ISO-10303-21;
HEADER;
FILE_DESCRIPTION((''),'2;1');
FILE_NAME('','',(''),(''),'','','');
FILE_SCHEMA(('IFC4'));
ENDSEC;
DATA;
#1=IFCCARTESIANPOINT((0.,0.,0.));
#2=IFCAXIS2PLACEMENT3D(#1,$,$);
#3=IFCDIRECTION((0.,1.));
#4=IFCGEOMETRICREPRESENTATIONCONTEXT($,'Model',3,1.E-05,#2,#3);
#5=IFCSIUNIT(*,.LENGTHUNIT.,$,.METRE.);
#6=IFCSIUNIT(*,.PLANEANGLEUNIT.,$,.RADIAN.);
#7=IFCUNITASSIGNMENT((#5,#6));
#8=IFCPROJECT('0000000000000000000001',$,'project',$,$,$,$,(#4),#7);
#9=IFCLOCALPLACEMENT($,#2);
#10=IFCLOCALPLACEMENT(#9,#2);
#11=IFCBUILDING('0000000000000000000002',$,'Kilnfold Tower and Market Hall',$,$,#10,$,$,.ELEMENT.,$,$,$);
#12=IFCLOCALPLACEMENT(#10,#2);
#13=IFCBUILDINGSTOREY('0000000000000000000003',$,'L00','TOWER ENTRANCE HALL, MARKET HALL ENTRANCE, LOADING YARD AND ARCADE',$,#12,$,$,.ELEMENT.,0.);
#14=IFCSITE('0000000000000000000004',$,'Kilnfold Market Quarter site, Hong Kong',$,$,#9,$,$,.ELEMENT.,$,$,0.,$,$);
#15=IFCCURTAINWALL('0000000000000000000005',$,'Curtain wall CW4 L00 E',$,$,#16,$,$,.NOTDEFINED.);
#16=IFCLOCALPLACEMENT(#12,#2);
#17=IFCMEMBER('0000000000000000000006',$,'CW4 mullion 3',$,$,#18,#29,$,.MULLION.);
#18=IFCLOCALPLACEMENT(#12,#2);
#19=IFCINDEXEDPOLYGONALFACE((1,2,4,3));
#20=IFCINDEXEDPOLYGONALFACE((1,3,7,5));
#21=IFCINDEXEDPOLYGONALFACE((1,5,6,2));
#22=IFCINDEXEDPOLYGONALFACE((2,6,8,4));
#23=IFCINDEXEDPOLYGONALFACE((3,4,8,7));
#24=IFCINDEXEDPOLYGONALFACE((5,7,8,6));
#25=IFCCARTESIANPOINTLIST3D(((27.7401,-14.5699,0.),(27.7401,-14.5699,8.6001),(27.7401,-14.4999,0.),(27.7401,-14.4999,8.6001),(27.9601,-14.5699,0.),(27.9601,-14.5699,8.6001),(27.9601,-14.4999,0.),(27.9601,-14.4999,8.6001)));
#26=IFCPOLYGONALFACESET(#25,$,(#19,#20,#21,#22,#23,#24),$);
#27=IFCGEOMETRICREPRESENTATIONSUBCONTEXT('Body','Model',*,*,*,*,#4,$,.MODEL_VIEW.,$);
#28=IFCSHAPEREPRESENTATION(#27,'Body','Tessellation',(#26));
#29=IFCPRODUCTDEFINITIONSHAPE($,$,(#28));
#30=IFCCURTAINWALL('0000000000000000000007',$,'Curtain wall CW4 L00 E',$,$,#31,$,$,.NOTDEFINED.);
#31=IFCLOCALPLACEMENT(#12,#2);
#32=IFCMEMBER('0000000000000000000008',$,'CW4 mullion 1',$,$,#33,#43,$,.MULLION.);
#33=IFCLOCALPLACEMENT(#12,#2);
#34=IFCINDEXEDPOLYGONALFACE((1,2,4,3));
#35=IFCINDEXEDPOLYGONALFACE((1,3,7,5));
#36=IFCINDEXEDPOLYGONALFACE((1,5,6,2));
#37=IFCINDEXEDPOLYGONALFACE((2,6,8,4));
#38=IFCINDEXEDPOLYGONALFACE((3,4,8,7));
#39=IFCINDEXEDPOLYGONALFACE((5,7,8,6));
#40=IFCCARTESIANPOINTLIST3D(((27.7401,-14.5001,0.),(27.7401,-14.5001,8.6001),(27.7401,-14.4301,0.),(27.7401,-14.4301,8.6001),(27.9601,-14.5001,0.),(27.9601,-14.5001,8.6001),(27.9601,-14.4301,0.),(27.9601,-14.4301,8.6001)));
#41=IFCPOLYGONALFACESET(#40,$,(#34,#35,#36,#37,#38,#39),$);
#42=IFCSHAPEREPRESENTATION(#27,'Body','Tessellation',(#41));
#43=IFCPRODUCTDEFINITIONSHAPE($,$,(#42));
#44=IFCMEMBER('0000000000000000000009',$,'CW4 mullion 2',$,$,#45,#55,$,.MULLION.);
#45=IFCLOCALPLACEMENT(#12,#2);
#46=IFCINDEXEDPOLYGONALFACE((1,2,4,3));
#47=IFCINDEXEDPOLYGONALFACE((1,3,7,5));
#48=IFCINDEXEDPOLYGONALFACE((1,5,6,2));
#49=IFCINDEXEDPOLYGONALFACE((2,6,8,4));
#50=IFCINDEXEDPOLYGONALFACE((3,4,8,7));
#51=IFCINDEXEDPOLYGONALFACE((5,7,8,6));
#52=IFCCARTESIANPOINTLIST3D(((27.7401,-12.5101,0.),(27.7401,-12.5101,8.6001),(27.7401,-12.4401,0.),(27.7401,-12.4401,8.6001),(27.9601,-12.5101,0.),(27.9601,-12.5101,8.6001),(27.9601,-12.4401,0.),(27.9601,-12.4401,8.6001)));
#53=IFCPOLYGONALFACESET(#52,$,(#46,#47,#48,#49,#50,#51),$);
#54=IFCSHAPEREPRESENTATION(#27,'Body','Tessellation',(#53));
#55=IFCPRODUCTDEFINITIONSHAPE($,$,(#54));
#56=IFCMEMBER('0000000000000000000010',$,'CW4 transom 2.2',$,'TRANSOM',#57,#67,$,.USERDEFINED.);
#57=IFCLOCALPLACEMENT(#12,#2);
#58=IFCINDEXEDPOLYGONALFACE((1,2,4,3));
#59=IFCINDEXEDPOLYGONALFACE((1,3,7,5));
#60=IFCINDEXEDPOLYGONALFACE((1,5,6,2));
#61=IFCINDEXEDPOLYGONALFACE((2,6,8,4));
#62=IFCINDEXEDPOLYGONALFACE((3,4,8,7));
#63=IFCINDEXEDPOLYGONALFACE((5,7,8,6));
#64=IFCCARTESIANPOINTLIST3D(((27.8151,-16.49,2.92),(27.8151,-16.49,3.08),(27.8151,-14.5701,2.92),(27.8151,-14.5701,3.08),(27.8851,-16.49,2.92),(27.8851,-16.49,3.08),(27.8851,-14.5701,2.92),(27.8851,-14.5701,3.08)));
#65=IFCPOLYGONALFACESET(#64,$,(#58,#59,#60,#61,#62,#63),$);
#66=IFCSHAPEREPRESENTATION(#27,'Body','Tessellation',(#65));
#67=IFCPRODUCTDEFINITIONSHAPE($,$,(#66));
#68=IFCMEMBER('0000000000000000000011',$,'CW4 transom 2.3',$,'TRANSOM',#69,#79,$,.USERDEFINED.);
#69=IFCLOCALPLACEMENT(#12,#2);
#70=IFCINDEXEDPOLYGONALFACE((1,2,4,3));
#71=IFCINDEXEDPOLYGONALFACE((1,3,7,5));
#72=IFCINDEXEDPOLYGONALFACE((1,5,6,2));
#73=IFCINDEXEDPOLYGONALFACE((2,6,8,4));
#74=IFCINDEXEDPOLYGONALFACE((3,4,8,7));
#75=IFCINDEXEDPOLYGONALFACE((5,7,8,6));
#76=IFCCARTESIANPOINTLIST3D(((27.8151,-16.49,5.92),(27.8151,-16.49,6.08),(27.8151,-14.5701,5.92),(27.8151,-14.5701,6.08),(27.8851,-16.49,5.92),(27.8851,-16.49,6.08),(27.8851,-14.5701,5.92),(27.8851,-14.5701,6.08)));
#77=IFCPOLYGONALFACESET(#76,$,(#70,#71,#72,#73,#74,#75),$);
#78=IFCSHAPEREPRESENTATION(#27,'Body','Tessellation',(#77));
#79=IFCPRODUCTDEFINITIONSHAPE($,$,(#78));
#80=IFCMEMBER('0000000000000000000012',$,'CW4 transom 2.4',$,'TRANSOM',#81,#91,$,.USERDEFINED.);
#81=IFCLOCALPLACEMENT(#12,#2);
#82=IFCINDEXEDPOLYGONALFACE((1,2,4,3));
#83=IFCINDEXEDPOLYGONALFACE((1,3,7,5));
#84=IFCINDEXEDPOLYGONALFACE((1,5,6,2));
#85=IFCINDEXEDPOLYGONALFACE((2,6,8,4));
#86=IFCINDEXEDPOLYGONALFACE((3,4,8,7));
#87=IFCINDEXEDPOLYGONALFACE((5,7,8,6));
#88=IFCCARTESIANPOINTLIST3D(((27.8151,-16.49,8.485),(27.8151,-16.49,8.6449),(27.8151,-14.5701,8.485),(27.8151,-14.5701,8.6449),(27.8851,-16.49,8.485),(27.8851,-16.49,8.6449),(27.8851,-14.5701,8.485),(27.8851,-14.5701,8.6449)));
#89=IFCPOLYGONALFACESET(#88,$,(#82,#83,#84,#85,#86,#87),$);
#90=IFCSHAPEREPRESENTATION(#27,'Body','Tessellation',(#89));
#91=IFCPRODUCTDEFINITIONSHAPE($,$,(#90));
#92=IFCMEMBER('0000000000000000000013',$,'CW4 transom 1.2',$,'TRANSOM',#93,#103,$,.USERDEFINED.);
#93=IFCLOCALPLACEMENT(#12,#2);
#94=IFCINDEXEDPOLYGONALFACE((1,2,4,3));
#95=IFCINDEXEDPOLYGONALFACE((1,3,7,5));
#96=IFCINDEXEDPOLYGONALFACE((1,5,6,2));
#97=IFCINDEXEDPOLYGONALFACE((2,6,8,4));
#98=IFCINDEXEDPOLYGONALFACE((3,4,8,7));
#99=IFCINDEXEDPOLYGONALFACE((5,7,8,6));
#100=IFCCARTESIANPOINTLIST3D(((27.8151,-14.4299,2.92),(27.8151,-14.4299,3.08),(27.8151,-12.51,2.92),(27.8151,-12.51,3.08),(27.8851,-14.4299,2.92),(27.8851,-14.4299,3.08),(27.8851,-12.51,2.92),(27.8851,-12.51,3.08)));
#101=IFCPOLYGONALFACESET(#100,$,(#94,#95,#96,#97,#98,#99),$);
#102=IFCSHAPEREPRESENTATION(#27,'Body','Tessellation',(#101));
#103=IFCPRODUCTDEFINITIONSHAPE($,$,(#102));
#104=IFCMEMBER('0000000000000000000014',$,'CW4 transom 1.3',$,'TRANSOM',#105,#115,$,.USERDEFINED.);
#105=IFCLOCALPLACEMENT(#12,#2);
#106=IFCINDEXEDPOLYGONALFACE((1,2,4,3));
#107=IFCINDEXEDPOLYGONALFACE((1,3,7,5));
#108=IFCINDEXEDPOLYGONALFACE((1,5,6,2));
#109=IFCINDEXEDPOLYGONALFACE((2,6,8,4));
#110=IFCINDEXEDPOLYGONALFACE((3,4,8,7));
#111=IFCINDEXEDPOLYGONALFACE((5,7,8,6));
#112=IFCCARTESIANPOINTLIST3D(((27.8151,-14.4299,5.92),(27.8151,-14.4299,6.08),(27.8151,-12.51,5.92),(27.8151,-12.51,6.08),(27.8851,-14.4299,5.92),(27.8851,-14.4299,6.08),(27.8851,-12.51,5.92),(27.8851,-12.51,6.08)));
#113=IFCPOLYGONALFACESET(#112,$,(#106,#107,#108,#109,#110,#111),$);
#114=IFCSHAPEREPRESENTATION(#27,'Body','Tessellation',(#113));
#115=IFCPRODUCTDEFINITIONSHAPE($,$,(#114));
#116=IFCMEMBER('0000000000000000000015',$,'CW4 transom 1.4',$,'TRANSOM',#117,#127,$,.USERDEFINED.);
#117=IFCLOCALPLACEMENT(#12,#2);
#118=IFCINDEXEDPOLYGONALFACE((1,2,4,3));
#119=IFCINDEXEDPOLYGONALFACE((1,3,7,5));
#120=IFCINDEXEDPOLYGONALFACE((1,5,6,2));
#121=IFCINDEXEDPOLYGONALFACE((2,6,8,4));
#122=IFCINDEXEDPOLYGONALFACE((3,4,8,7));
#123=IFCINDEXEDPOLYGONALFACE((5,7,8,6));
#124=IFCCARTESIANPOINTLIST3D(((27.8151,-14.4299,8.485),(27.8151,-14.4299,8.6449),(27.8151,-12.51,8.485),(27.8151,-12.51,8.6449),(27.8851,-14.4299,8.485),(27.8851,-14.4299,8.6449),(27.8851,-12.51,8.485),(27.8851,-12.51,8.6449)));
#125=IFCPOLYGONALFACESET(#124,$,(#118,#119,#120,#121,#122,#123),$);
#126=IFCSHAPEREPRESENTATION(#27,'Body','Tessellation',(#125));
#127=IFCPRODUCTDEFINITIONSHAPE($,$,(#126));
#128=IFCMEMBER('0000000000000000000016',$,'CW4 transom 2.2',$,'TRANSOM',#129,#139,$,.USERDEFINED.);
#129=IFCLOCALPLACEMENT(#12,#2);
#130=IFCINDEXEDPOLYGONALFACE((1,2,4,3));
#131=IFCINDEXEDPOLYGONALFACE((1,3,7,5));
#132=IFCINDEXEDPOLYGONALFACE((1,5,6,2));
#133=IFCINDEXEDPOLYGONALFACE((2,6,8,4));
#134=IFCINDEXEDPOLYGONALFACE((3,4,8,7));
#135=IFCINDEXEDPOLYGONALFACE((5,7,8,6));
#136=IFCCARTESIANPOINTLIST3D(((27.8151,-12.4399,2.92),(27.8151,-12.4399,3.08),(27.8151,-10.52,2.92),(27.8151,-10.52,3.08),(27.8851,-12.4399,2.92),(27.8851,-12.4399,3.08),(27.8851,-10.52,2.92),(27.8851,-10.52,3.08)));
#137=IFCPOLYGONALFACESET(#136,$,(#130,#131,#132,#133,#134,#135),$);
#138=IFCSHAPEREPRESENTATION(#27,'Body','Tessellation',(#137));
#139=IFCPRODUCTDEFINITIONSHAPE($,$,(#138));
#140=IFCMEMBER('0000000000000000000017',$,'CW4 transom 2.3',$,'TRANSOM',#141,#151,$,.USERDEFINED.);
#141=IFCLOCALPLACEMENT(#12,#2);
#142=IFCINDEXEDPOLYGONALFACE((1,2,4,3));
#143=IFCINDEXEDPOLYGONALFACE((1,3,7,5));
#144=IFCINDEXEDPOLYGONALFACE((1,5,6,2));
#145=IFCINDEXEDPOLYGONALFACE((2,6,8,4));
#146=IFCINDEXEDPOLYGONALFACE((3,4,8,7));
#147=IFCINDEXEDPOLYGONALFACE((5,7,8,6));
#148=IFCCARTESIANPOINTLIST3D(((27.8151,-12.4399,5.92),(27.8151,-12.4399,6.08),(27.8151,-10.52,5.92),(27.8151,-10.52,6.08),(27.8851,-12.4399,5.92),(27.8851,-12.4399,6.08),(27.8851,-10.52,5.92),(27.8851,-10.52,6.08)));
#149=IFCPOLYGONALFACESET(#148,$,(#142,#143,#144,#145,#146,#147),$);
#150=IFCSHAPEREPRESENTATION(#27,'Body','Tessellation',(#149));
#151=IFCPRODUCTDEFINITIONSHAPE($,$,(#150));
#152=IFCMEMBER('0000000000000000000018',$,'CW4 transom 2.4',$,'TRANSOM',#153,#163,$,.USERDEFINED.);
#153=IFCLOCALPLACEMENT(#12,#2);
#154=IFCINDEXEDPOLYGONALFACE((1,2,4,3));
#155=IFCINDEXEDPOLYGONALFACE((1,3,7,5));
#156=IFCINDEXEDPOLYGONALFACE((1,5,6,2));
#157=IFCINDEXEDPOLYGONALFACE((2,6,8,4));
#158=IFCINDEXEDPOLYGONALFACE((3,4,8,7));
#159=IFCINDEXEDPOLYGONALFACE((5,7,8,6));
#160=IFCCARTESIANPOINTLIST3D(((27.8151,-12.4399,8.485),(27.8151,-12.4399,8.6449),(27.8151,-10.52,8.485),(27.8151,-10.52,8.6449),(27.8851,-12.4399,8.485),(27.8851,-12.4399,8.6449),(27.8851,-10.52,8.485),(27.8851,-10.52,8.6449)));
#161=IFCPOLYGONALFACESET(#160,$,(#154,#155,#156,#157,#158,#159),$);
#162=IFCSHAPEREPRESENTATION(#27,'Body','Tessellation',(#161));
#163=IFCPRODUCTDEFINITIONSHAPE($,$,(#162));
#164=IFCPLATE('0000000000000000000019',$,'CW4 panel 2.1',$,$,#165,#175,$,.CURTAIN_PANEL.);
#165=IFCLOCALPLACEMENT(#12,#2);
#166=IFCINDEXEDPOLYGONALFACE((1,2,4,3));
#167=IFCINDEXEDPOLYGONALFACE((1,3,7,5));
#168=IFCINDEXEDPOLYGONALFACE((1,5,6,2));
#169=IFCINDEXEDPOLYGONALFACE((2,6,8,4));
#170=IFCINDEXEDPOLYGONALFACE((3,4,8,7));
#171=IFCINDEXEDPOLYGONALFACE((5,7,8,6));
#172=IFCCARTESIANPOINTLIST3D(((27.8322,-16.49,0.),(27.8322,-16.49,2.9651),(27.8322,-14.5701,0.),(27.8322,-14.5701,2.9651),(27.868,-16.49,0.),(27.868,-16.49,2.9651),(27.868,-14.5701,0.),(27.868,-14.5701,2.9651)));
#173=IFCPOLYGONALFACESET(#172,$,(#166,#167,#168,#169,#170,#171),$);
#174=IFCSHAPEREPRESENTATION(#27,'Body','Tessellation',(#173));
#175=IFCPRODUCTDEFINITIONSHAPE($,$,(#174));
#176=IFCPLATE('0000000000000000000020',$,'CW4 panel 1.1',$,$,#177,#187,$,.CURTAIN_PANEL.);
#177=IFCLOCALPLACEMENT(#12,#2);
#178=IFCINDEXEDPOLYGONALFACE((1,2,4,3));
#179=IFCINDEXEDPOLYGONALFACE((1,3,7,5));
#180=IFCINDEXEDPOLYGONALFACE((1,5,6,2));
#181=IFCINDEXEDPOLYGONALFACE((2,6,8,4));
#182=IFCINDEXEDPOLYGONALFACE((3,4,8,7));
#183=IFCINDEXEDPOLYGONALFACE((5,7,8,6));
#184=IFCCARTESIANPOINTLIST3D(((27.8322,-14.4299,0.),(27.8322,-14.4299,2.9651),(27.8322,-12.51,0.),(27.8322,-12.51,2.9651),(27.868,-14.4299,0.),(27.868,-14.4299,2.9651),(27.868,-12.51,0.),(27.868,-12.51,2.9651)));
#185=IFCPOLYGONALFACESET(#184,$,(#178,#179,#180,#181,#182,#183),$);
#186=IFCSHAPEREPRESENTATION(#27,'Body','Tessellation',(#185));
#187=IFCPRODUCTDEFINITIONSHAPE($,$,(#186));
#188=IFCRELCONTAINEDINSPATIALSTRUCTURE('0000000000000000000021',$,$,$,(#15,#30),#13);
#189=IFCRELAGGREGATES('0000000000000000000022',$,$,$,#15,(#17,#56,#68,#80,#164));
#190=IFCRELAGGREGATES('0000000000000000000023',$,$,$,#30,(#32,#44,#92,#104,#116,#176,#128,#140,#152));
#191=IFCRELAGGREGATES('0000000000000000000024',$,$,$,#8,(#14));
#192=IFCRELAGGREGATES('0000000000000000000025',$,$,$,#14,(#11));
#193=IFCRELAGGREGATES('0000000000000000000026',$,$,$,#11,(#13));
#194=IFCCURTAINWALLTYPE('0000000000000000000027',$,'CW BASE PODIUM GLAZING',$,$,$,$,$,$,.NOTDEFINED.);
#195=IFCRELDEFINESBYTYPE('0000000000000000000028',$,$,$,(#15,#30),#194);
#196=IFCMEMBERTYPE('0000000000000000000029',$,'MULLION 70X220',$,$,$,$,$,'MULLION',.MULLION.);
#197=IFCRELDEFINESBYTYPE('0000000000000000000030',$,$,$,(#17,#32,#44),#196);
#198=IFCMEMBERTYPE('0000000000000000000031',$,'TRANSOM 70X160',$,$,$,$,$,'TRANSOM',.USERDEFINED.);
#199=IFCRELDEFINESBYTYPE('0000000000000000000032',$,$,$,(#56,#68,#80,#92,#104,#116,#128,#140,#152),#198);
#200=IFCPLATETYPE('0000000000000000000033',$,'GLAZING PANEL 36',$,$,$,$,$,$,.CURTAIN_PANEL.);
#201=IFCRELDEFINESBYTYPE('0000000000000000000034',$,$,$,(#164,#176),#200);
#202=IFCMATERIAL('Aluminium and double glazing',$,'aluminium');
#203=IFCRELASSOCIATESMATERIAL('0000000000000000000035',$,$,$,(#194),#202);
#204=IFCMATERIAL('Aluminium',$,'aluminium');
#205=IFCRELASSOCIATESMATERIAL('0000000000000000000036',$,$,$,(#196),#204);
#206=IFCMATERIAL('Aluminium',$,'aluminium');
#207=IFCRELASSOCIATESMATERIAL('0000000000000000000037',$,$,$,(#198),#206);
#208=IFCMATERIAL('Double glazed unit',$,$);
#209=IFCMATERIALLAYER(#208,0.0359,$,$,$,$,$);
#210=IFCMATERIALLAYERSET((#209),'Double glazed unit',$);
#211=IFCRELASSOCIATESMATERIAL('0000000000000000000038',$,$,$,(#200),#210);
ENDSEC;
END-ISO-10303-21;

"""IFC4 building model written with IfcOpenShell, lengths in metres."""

from ifc_helpers import new_model, si_unit, direction, frame, origin, origin_2d, place, context, subcontext, project, spatial, rectangle, extrude, source, transform, mapped, material, layer, layer_set, material_profile, profile_set, type_object, element, aggregate, save


model = new_model("IFC4")

# Units and contexts
model_context = context("Model", 3, precision=1e-05, world=origin(), true_north=direction((0.0, 1.0)))
body_context = subcontext(model_context, "Body", "Model", "MODEL_VIEW")
ifc_project = project(units=[si_unit("LENGTHUNIT", "METRE"), si_unit("PLANEANGLEUNIT", "RADIAN")], contexts=[model_context])

# Site, building, storey
site_placement = place(None, origin())
site = spatial("IfcSite", under=ifc_project, at=site_placement, Name="Kilnfold Market Quarter site, Hong Kong", CompositionType="ELEMENT", RefElevation=0.0)
building_placement = place(site_placement, origin())
building = spatial("IfcBuilding", under=site, at=building_placement, Name="Kilnfold Tower and Market Hall", CompositionType="ELEMENT")
storey_placement = place(building_placement, origin())
storey = spatial("IfcBuildingStorey", under=building, at=storey_placement, Name="L00", Description="TOWER ENTRANCE HALL, MARKET HALL ENTRANCE, LOADING YARD AND ARCADE", CompositionType="ELEMENT", Elevation=0.0)

# Curtain wall, member
ifc_material_1 = material(Name="Aluminium and double glazing", Category="aluminium")
curtain_wall_type = type_object("IfcCurtainWallType", Name="CW BASE PODIUM GLAZING", PredefinedType="NOTDEFINED", material=ifc_material_1)
curtain_wall_1_placement = place(storey_placement, origin())
curtain_wall_1 = element("IfcCurtainWall", 1, at=curtain_wall_1_placement, inside=storey, type_object=curtain_wall_type, Name="Curtain wall CW4 L00 E", PredefinedType="NOTDEFINED")
ifc_material_2 = material(Name="Aluminium", Category="aluminium")
ifc_material_profile_1 = material_profile(ifc_material_2, rectangle(XDim=0.0701, YDim=0.22, at=origin_2d()), Name="MULLION 70x220")
ifc_profile_set_1 = profile_set([ifc_material_profile_1], Name="Aluminium")
member_type_1 = type_object("IfcMemberType", Name="MULLION 70X220", ElementType="MULLION", PredefinedType="MULLION", material=ifc_profile_set_1)
shared_shape_1 = source(origin(), body_context, "Body", "SweptSolid", [
    extrude(rectangle(XDim=0.0701, YDim=0.22, at=origin_2d()), origin(), (0.0, 0.0, 1.0), 8.6001),
])
member_1_placement = place(storey_placement, frame((27.8501, -14.5349, 0.0), z_axis=(0.0, 0.0, 1.0), x_axis=(0.0, 1.0, 0.0)))
member_1 = element("IfcMember", 2, at=member_1_placement, type_object=member_type_1, Name="CW4 mullion 3", PredefinedType="MULLION", context=body_context, shape_type="MappedRepresentation", body=[
    mapped(shared_shape_1, transform((0.0, 0.0, 0.0))),
])

# Curtain wall, members
curtain_wall_2_placement = place(storey_placement, origin())
curtain_wall_2 = element("IfcCurtainWall", 3, at=curtain_wall_2_placement, inside=storey, type_object=curtain_wall_type, Name="Curtain wall CW4 L00 E", PredefinedType="NOTDEFINED")
member_2_placement = place(storey_placement, frame((27.8501, -14.4651, 0.0), z_axis=(0.0, 0.0, 1.0), x_axis=(0.0, 1.0, 0.0)))
member_2 = element("IfcMember", 4, at=member_2_placement, type_object=member_type_1, Name="CW4 mullion 1", PredefinedType="MULLION", context=body_context, shape_type="MappedRepresentation", body=[
    mapped(shared_shape_1, transform((0.0, 0.0, 0.0))),
])
member_3_placement = place(storey_placement, frame((27.8501, -12.4751, 0.0), z_axis=(0.0, 0.0, 1.0), x_axis=(0.0, 1.0, 0.0)))
member_3 = element("IfcMember", 5, at=member_3_placement, type_object=member_type_1, Name="CW4 mullion 2", PredefinedType="MULLION", context=body_context, shape_type="MappedRepresentation", body=[
    mapped(shared_shape_1, transform((0.0, 0.0, 0.0))),
])

# Members
ifc_material_3 = material(Name="Aluminium", Category="aluminium")
ifc_material_profile_2 = material_profile(ifc_material_3, rectangle(XDim=0.0701, YDim=0.1599, at=origin_2d()), Name="TRANSOM 70x160")
ifc_profile_set_2 = profile_set([ifc_material_profile_2], Name="Aluminium")
member_type_2 = type_object("IfcMemberType", Name="TRANSOM 70X160", ElementType="TRANSOM", PredefinedType="USERDEFINED", material=ifc_profile_set_2)
shared_shape_2 = source(origin(), body_context, "Body", "SweptSolid", [
    extrude(rectangle(XDim=0.0701, YDim=0.1599, at=origin_2d()), origin(), (0.0, 0.0, 1.0), 1.9199),
])
member_4_placement = place(storey_placement, frame((27.8501, -16.49, 3.0), z_axis=(0.0, 1.0, 0.0), x_axis=(-1.0, 0.0, 0.0)))
member_4 = element("IfcMember", 6, at=member_4_placement, type_object=member_type_2, Name="CW4 transom 2.2", ObjectType="TRANSOM", PredefinedType="USERDEFINED", context=body_context, shape_type="MappedRepresentation", body=[
    mapped(shared_shape_2, transform((0.0, 0.0, 0.0))),
])
member_5_placement = place(storey_placement, frame((27.8501, -16.49, 6.0), z_axis=(0.0, 1.0, 0.0), x_axis=(-1.0, 0.0, 0.0)))
member_5 = element("IfcMember", 7, at=member_5_placement, type_object=member_type_2, Name="CW4 transom 2.3", ObjectType="TRANSOM", PredefinedType="USERDEFINED", context=body_context, shape_type="MappedRepresentation", body=[
    mapped(shared_shape_2, transform((0.0, 0.0, 0.0))),
])
member_6_placement = place(storey_placement, frame((27.8501, -16.49, 8.5649), z_axis=(0.0, 1.0, 0.0), x_axis=(-1.0, 0.0, 0.0)))
member_6 = element("IfcMember", 8, at=member_6_placement, type_object=member_type_2, Name="CW4 transom 2.4", ObjectType="TRANSOM", PredefinedType="USERDEFINED", context=body_context, shape_type="MappedRepresentation", body=[
    mapped(shared_shape_2, transform((0.0, 0.0, 0.0))),
])
member_7_placement = place(storey_placement, frame((27.8501, -14.4299, 3.0), z_axis=(0.0, 1.0, 0.0), x_axis=(-1.0, 0.0, 0.0)))
member_7 = element("IfcMember", 9, at=member_7_placement, type_object=member_type_2, Name="CW4 transom 1.2", ObjectType="TRANSOM", PredefinedType="USERDEFINED", context=body_context, shape_type="MappedRepresentation", body=[
    mapped(shared_shape_2, transform((0.0, 0.0, 0.0))),
])
member_8_placement = place(storey_placement, frame((27.8501, -14.4299, 6.0), z_axis=(0.0, 1.0, 0.0), x_axis=(-1.0, 0.0, 0.0)))
member_8 = element("IfcMember", 10, at=member_8_placement, type_object=member_type_2, Name="CW4 transom 1.3", ObjectType="TRANSOM", PredefinedType="USERDEFINED", context=body_context, shape_type="MappedRepresentation", body=[
    mapped(shared_shape_2, transform((0.0, 0.0, 0.0))),
])
member_9_placement = place(storey_placement, frame((27.8501, -14.4299, 8.5649), z_axis=(0.0, 1.0, 0.0), x_axis=(-1.0, 0.0, 0.0)))
member_9 = element("IfcMember", 11, at=member_9_placement, type_object=member_type_2, Name="CW4 transom 1.4", ObjectType="TRANSOM", PredefinedType="USERDEFINED", context=body_context, shape_type="MappedRepresentation", body=[
    mapped(shared_shape_2, transform((0.0, 0.0, 0.0))),
])
member_10_placement = place(storey_placement, frame((27.8501, -12.4399, 3.0), z_axis=(0.0, 1.0, 0.0), x_axis=(-1.0, 0.0, 0.0)))
member_10 = element("IfcMember", 12, at=member_10_placement, type_object=member_type_2, Name="CW4 transom 2.2", ObjectType="TRANSOM", PredefinedType="USERDEFINED", context=body_context, shape_type="MappedRepresentation", body=[
    mapped(shared_shape_2, transform((0.0, 0.0, 0.0))),
])
member_11_placement = place(storey_placement, frame((27.8501, -12.4399, 6.0), z_axis=(0.0, 1.0, 0.0), x_axis=(-1.0, 0.0, 0.0)))
member_11 = element("IfcMember", 13, at=member_11_placement, type_object=member_type_2, Name="CW4 transom 2.3", ObjectType="TRANSOM", PredefinedType="USERDEFINED", context=body_context, shape_type="MappedRepresentation", body=[
    mapped(shared_shape_2, transform((0.0, 0.0, 0.0))),
])
member_12_placement = place(storey_placement, frame((27.8501, -12.4399, 8.5649), z_axis=(0.0, 1.0, 0.0), x_axis=(-1.0, 0.0, 0.0)))
member_12 = element("IfcMember", 14, at=member_12_placement, type_object=member_type_2, Name="CW4 transom 2.4", ObjectType="TRANSOM", PredefinedType="USERDEFINED", context=body_context, shape_type="MappedRepresentation", body=[
    mapped(shared_shape_2, transform((0.0, 0.0, 0.0))),
])

# Plates
ifc_material_4 = material(Name="Double glazed unit")
ifc_layer = layer(ifc_material_4, 0.0359)
ifc_layer_set = layer_set([ifc_layer], Name="Double glazed unit")
plate_type = type_object("IfcPlateType", Name="GLAZING PANEL 36", PredefinedType="CURTAIN_PANEL", material=ifc_layer_set)
shared_shape_3 = source(origin(), body_context, "Body", "SweptSolid", [
    extrude(rectangle(XDim=1.9199, YDim=0.0359, at=origin_2d()), origin(), (0.0, 0.0, 1.0), 2.9651),
])
plate_1_placement = place(storey_placement, frame((27.8501, -15.53, 0.0), z_axis=(0.0, 0.0, 1.0), x_axis=(0.0, 1.0, 0.0)))
plate_1 = element("IfcPlate", 15, at=plate_1_placement, type_object=plate_type, Name="CW4 panel 2.1", PredefinedType="CURTAIN_PANEL", context=body_context, shape_type="MappedRepresentation", body=[
    mapped(shared_shape_3, transform((0.0, 0.0, 0.0))),
])
plate_2_placement = place(storey_placement, frame((27.8501, -13.47, 0.0), z_axis=(0.0, 0.0, 1.0), x_axis=(0.0, 1.0, 0.0)))
plate_2 = element("IfcPlate", 16, at=plate_2_placement, type_object=plate_type, Name="CW4 panel 1.1", PredefinedType="CURTAIN_PANEL", context=body_context, shape_type="MappedRepresentation", body=[
    mapped(shared_shape_3, transform((0.0, 0.0, 0.0))),
])
aggregate(curtain_wall_1, [member_1, member_4, member_5, member_6, plate_1])
aggregate(curtain_wall_2, [member_2, member_3, member_7, member_8, member_9, plate_2, member_10, member_11, member_12])

save(model, "model.ifc")
